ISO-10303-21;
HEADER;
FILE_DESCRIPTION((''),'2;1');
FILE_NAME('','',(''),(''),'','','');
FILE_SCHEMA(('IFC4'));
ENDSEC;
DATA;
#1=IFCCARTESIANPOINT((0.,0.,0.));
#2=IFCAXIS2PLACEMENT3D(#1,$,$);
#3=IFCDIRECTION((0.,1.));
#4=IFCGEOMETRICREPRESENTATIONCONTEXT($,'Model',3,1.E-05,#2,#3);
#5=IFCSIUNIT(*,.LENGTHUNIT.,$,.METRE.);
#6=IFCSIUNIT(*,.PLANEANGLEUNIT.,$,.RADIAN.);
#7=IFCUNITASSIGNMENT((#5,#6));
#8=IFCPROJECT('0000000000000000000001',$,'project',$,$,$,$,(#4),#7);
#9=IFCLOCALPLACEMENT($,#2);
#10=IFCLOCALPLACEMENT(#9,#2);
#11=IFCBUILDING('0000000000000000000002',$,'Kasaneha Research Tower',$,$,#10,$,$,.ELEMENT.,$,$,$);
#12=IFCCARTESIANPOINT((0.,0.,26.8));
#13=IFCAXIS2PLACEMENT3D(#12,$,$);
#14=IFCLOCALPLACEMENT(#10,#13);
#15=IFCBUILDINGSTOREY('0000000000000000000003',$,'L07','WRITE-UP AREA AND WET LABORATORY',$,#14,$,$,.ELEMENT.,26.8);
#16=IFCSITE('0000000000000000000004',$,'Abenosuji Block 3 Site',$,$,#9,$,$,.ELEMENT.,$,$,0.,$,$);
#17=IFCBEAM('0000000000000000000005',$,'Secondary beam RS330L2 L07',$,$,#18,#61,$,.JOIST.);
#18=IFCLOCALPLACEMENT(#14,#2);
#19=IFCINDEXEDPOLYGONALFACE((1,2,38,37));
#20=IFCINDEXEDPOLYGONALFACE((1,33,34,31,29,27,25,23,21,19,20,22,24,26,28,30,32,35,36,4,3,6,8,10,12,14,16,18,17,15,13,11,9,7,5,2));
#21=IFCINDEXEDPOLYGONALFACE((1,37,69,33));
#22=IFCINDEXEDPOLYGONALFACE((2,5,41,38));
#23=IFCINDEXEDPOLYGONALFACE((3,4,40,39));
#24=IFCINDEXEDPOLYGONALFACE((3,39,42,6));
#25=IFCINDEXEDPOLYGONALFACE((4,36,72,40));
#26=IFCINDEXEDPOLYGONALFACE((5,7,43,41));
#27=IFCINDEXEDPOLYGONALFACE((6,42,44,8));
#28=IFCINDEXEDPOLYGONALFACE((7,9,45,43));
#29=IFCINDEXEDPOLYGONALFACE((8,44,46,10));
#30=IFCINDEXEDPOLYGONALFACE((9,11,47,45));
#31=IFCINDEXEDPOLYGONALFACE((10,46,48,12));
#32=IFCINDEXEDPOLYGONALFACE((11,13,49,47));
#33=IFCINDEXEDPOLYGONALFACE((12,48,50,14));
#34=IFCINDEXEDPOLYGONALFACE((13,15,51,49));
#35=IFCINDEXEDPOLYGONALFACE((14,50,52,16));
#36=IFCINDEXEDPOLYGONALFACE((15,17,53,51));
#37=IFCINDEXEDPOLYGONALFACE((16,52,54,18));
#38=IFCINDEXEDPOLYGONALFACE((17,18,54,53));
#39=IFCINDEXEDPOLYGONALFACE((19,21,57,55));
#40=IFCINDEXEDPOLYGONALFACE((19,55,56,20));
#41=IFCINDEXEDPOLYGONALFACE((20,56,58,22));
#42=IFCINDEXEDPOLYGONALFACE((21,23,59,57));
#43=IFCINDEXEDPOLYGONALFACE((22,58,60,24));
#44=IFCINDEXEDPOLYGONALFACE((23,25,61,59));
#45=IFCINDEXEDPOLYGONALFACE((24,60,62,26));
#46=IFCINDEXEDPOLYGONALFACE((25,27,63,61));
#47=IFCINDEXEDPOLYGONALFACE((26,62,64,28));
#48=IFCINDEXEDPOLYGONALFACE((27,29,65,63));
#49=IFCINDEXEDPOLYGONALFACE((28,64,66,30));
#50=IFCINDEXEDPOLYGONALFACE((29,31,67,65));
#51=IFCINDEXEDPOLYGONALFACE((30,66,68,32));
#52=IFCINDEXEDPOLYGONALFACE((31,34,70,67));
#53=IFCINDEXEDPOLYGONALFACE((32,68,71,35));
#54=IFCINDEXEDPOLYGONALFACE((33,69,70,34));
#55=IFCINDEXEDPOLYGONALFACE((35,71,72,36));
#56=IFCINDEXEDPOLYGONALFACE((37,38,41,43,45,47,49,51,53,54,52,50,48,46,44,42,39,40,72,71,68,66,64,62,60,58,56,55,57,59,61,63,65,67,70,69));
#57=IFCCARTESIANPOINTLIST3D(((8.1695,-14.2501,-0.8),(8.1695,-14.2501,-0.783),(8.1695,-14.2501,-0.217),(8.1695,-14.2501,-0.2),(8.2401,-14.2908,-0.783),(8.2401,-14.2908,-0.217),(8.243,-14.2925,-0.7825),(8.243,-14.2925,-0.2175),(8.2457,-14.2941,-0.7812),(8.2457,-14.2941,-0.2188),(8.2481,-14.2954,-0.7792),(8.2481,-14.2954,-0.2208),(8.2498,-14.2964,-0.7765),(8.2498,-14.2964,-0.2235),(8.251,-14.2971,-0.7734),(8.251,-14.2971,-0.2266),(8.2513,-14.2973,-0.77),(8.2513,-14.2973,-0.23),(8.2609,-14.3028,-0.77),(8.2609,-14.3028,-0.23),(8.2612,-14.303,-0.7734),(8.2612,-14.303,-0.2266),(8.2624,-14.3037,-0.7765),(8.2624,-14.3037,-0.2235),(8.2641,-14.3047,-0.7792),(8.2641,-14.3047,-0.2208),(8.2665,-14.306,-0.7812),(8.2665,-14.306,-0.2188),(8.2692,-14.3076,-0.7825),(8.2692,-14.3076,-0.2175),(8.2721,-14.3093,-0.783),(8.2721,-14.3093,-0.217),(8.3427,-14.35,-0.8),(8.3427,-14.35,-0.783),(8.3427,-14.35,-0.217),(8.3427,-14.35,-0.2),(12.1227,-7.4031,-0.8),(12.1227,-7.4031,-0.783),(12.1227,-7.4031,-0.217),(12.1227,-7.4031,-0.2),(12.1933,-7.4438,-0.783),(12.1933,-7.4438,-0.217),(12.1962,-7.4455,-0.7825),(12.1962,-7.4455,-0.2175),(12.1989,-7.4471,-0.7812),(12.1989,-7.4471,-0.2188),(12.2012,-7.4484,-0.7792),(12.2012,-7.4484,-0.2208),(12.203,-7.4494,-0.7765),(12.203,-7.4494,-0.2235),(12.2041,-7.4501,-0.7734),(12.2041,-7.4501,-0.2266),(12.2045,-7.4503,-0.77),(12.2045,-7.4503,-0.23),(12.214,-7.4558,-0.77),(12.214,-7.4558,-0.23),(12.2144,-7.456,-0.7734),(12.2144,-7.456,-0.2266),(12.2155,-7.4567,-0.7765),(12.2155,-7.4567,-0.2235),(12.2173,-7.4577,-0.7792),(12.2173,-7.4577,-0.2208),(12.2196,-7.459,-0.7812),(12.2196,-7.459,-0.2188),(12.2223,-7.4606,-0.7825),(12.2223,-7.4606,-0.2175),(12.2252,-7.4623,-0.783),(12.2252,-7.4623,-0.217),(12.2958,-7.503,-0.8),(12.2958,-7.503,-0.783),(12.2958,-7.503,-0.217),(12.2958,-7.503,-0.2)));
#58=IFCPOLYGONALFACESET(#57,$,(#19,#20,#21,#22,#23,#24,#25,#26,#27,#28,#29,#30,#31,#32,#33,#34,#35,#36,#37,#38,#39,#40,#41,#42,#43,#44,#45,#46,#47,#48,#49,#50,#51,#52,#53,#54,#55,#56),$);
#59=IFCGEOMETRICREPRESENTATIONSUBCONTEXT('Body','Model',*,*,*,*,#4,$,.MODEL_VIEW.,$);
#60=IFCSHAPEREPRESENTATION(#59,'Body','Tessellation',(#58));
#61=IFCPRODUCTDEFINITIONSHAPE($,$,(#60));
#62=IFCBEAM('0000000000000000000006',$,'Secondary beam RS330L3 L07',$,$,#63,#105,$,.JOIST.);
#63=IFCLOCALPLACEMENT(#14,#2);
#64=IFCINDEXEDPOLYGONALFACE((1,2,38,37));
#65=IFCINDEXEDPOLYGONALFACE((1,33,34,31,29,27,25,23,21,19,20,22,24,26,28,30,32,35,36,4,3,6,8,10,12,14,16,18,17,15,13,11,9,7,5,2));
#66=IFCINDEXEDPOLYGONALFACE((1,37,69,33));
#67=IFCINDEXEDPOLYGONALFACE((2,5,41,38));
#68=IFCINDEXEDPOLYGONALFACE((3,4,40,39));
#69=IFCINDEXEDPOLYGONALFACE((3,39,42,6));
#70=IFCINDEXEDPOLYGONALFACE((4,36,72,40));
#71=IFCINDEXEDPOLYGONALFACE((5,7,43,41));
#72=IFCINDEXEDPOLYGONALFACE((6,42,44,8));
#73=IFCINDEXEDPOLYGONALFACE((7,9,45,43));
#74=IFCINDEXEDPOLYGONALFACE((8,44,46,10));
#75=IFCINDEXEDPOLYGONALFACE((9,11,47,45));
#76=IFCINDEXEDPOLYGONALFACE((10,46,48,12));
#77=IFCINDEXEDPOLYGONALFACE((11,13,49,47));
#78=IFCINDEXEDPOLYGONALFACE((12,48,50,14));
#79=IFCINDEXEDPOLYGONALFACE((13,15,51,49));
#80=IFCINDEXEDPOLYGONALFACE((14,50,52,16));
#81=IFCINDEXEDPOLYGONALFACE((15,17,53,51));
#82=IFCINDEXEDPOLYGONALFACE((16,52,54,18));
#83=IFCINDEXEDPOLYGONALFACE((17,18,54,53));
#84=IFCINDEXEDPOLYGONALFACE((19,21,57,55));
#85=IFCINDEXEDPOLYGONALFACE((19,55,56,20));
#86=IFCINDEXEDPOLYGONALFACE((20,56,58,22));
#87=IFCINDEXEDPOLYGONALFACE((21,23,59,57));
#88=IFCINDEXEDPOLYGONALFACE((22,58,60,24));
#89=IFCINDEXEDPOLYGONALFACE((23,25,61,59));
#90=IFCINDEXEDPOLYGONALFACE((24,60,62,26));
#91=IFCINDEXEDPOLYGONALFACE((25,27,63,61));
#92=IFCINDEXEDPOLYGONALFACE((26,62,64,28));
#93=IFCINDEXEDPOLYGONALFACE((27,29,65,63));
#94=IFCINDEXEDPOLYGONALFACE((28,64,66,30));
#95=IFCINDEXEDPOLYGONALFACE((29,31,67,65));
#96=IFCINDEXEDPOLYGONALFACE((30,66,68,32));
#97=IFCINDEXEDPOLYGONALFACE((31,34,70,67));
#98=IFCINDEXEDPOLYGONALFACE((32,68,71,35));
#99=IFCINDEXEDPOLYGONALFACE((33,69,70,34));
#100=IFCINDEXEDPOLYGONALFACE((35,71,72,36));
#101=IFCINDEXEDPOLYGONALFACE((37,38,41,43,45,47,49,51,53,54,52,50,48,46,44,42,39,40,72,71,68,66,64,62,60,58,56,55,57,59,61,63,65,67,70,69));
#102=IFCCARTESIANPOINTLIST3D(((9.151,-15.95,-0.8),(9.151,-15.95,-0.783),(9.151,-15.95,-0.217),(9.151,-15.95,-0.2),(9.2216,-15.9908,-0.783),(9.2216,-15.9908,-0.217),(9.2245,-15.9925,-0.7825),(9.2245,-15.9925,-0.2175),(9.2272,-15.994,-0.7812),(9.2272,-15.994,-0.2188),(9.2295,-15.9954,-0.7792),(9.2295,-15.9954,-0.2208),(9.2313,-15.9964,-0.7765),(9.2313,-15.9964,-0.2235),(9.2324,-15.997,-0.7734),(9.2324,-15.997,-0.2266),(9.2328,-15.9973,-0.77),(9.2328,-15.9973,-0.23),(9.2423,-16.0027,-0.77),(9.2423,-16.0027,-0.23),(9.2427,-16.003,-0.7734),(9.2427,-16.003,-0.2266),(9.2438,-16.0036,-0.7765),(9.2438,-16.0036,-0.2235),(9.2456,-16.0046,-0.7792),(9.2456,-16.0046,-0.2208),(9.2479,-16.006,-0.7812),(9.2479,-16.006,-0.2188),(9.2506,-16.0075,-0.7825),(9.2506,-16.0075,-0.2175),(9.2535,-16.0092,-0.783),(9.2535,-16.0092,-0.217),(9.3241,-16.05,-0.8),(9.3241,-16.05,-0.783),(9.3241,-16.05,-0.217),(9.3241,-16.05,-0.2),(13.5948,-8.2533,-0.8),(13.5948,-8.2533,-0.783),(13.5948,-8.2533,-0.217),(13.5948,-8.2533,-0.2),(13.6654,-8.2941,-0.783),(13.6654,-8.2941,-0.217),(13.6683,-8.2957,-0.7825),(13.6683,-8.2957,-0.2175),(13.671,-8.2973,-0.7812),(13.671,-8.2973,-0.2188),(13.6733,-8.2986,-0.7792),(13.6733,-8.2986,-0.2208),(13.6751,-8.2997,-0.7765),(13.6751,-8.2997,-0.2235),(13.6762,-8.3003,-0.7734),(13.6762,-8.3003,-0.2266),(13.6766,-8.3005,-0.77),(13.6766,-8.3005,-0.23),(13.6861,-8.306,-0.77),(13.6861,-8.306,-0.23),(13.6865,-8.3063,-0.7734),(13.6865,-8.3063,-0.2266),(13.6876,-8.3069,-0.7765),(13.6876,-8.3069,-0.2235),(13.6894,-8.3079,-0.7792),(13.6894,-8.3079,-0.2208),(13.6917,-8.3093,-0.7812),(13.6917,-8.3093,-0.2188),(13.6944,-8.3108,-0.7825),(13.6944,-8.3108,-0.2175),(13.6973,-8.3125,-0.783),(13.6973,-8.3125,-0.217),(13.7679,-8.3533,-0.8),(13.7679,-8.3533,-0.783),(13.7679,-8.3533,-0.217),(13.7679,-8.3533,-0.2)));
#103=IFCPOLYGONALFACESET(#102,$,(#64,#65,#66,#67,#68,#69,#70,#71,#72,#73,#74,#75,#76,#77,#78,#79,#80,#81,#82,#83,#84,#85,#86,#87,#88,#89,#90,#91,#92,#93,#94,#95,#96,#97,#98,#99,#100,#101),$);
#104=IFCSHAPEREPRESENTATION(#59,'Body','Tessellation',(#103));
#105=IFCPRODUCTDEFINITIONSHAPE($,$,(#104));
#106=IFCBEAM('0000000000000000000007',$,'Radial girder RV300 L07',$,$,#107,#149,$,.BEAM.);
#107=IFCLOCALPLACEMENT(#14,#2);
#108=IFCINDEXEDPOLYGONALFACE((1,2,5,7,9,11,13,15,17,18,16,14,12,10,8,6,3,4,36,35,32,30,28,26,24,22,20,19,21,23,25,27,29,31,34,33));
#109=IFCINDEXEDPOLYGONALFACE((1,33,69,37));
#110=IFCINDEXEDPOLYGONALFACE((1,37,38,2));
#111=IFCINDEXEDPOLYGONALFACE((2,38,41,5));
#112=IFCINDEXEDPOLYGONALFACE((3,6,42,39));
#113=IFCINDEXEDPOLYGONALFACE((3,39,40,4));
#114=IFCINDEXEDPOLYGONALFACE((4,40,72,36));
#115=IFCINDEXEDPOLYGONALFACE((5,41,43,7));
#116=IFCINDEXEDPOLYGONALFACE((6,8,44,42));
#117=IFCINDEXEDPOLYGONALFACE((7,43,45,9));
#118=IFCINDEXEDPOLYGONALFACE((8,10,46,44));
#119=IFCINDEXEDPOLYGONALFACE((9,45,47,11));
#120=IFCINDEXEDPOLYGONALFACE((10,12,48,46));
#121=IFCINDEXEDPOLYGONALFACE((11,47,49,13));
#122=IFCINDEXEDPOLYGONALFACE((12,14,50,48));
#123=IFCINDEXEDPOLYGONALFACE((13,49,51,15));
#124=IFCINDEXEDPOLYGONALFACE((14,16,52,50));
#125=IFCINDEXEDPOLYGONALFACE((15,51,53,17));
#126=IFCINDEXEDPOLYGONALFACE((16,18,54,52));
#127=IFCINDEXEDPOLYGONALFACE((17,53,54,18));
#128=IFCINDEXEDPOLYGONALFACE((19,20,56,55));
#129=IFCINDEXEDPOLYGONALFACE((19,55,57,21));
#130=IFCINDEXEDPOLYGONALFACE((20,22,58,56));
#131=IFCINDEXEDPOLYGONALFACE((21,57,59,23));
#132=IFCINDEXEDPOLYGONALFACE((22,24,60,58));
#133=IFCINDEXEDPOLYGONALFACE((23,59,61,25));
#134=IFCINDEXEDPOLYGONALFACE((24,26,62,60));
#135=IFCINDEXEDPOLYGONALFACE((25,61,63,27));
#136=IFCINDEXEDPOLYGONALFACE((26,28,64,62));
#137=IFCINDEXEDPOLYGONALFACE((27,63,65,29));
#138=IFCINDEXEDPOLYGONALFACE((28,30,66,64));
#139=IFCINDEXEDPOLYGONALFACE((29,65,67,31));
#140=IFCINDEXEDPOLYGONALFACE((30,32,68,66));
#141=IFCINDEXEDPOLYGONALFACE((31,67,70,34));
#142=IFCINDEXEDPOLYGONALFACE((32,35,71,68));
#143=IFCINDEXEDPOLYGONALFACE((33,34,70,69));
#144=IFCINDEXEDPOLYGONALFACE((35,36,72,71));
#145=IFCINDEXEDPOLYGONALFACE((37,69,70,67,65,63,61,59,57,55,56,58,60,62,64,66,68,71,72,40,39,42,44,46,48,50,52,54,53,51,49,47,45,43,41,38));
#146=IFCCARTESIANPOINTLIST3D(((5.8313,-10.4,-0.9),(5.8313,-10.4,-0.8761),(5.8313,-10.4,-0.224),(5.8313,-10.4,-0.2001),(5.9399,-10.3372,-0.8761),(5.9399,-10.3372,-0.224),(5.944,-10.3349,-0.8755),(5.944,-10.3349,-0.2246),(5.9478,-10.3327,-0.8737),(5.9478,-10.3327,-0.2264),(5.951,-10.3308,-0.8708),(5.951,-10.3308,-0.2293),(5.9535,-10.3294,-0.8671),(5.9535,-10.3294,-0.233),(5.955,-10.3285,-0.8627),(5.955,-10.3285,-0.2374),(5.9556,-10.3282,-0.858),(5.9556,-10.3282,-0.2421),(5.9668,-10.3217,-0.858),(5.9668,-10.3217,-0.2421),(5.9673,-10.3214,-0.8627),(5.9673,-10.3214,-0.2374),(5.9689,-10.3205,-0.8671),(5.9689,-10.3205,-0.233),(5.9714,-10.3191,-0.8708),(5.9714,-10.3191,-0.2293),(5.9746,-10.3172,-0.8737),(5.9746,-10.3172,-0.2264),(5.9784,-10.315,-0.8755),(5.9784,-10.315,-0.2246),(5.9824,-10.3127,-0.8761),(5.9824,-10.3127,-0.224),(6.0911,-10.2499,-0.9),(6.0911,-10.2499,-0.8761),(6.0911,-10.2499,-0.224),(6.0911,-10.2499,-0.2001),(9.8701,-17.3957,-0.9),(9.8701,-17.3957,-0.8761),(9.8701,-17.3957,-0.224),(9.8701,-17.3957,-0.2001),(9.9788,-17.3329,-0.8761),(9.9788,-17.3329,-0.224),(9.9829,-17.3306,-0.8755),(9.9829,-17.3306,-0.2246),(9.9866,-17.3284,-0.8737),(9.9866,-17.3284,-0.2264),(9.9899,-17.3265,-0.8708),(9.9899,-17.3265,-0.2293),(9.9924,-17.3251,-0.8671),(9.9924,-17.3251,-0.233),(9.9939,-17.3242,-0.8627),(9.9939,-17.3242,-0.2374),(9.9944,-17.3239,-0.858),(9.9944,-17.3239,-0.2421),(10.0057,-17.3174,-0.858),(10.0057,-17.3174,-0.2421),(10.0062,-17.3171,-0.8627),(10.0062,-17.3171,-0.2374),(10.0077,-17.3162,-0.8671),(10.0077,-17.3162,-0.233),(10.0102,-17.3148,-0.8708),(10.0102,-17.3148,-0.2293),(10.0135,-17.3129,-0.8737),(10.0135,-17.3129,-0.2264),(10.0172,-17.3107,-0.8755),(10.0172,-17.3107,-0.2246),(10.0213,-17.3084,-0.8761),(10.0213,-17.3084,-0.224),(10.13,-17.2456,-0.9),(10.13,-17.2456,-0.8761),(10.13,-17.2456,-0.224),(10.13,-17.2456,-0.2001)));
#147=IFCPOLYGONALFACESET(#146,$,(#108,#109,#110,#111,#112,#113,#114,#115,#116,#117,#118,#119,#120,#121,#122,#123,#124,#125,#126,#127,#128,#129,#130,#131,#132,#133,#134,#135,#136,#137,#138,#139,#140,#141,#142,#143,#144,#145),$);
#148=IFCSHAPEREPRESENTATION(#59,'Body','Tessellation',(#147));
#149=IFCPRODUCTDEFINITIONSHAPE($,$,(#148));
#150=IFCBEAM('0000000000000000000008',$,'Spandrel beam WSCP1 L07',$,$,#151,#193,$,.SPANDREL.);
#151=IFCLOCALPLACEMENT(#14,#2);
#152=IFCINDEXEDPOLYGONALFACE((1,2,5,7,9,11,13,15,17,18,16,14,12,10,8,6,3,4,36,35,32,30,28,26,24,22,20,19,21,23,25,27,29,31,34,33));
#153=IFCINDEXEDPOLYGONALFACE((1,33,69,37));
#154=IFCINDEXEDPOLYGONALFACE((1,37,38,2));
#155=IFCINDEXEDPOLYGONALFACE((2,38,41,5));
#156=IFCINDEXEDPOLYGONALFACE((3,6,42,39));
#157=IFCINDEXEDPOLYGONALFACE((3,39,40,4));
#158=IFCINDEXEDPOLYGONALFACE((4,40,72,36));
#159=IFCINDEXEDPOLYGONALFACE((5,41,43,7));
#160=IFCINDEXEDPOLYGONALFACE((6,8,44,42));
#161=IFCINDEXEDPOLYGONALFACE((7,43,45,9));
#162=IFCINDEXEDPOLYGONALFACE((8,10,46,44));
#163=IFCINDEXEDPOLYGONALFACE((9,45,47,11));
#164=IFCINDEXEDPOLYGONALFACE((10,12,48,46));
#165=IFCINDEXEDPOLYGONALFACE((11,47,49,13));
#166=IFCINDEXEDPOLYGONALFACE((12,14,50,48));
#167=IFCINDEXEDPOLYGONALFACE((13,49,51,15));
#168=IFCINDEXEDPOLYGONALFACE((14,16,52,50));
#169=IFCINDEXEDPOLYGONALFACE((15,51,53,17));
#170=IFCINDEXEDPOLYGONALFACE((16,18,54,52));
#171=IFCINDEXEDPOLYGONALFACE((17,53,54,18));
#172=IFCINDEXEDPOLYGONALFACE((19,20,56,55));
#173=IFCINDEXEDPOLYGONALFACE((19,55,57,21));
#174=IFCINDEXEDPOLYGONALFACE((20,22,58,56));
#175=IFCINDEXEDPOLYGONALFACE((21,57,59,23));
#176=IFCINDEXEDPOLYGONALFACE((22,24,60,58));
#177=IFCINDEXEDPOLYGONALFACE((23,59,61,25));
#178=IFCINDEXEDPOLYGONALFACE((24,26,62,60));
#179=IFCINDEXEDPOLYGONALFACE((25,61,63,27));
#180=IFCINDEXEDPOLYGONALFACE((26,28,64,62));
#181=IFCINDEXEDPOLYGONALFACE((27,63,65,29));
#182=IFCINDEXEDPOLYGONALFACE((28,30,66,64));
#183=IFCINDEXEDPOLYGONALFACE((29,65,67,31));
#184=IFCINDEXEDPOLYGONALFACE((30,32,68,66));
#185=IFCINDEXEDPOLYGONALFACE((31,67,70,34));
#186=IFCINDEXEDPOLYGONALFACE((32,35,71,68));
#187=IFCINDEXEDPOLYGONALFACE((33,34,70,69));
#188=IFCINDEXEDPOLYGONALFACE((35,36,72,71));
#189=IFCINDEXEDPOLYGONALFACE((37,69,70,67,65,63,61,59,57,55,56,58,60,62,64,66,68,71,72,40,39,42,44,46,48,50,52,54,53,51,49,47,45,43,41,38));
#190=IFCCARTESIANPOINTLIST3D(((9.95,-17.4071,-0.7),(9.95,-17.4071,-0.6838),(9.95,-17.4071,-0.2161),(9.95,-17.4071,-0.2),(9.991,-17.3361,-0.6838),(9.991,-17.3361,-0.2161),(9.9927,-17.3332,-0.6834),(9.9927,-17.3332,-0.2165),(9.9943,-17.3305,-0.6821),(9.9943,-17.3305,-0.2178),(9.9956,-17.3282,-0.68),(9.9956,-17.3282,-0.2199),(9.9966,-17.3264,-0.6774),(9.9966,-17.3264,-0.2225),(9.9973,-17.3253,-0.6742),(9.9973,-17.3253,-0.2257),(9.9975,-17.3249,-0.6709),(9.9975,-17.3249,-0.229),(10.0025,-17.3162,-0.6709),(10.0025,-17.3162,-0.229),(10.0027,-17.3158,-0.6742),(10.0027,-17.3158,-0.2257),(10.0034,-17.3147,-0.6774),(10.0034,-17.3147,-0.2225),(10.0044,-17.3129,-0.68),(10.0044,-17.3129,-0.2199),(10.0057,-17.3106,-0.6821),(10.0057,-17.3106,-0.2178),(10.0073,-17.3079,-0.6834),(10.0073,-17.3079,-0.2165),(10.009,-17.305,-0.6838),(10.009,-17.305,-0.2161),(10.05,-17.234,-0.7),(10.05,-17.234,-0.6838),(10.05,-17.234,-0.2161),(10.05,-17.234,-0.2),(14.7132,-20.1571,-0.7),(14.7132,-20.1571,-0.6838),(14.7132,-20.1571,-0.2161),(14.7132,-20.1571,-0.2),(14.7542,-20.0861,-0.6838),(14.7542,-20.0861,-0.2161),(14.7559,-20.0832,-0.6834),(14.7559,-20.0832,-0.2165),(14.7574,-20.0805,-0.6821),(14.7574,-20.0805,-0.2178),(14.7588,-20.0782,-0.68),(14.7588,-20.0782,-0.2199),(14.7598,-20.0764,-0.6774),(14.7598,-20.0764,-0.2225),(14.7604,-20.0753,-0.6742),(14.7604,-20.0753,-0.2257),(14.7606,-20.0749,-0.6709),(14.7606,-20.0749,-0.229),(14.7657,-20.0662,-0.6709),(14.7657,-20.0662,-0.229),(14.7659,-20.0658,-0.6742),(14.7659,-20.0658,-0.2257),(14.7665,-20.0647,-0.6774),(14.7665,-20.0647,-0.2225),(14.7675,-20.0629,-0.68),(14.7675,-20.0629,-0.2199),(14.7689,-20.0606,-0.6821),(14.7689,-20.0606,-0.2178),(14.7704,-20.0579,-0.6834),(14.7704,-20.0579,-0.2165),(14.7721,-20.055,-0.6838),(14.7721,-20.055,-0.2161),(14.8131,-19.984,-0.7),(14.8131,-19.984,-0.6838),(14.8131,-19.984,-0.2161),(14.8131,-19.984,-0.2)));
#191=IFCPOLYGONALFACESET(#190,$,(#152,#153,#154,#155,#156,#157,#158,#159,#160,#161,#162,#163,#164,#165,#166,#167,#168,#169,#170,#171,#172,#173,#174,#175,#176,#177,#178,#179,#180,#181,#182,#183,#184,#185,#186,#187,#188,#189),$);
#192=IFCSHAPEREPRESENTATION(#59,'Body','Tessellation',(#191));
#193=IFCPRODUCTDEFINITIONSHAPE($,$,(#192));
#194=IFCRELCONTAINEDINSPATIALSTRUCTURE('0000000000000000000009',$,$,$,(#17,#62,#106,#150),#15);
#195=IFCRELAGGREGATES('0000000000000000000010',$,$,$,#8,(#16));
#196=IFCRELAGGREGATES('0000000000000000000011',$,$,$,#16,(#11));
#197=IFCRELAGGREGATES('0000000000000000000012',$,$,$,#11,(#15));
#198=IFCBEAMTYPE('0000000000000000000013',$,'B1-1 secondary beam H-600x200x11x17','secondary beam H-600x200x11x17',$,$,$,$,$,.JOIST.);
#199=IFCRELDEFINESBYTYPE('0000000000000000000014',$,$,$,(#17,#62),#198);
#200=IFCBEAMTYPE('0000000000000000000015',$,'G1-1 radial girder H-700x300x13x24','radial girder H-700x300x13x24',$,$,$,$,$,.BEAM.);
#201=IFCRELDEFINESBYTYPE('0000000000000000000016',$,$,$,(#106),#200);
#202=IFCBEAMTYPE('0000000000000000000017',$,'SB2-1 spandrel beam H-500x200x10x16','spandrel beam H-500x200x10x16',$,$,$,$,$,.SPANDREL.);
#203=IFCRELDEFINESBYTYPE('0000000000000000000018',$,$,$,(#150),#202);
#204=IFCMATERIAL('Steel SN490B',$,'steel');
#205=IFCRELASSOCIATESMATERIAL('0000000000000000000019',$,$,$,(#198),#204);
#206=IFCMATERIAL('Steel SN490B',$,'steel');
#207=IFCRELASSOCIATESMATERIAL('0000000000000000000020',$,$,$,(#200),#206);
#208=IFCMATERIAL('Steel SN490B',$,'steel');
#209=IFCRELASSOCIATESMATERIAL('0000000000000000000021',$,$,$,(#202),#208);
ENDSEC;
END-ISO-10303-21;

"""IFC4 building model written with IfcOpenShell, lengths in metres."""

from ifc_helpers import new_model, si_unit, direction, frame, origin, origin_2d, place, context, subcontext, project, spatial, i_section, extrude, material, material_profile, profile_set, type_object, element, save


model = new_model("IFC4")

# Units and contexts
model_context = context("Model", 3, precision=1e-05, world=origin(), true_north=direction((0.0, 1.0)))
body_context = subcontext(model_context, "Body", "Model", "MODEL_VIEW")
ifc_project = project(units=[si_unit("LENGTHUNIT", "METRE"), si_unit("PLANEANGLEUNIT", "RADIAN")], contexts=[model_context])

# Site, building, storey
site_placement = place(None, origin())
site = spatial("IfcSite", under=ifc_project, at=site_placement, Name="Abenosuji Block 3 Site", CompositionType="ELEMENT", RefElevation=0.0)
building_placement = place(site_placement, origin())
building = spatial("IfcBuilding", under=site, at=building_placement, Name="Kasaneha Research Tower", CompositionType="ELEMENT")
storey_placement = place(building_placement, frame((0.0, 0.0, 26.8)))
storey = spatial("IfcBuildingStorey", under=building, at=storey_placement, Name="L07", Description="WRITE-UP AREA AND WET LABORATORY", CompositionType="ELEMENT", Elevation=26.8)

# Beams
ifc_material_1 = material(Name="Steel SN490B", Category="steel")
ifc_material_profile_1 = material_profile(ifc_material_1, i_section(OverallWidth=0.2, OverallDepth=0.6001, WebThickness=0.011, FlangeThickness=0.0171, FilletRadius=0.0129, at=origin_2d()), Name="H-600x200x11x17")
ifc_profile_set_1 = profile_set([ifc_material_profile_1], Name="Steel SN490B")
beam_type_1 = type_object("IfcBeamType", Name="B1-1 secondary beam H-600x200x11x17", Description="secondary beam H-600x200x11x17", PredefinedType="JOIST", material=ifc_profile_set_1)
beam_1_placement = place(storey_placement, frame((8.2561, -14.3, -0.5), z_axis=(0.500005, 0.866023, 0.0), x_axis=(-0.866023, 0.500005, 0.0)))
element("IfcBeam", 1, at=beam_1_placement, inside=storey, type_object=beam_type_1, Name="Secondary beam RS330L2 L07", PredefinedType="JOIST", context=body_context, shape_type="SweptSolid", body=[
    extrude(i_section(OverallWidth=0.2, OverallDepth=0.6001, WebThickness=0.011, FlangeThickness=0.0171, FilletRadius=0.0129, at=origin_2d()), origin(), (0.0, 0.0, 1.0), 7.9062),
])
beam_2_placement = place(storey_placement, frame((9.2375, -16.0, -0.5), z_axis=(0.500009, 0.86602, 0.0), x_axis=(-0.86602, 0.500009, 0.0)))
element("IfcBeam", 2, at=beam_2_placement, inside=storey, type_object=beam_type_1, Name="Secondary beam RS330L3 L07", PredefinedType="JOIST", context=body_context, shape_type="SweptSolid", body=[
    extrude(i_section(OverallWidth=0.2, OverallDepth=0.6001, WebThickness=0.011, FlangeThickness=0.0171, FilletRadius=0.0129, at=origin_2d()), origin(), (0.0, 0.0, 1.0), 8.8875),
])
ifc_material_2 = material(Name="Steel SN490B", Category="steel")
ifc_material_profile_2 = material_profile(ifc_material_2, i_section(OverallWidth=0.3, OverallDepth=0.7, WebThickness=0.0129, FlangeThickness=0.0239, FilletRadius=0.0181, at=origin_2d()), Name="H-700x300x13x24")
ifc_profile_set_2 = profile_set([ifc_material_profile_2], Name="Steel SN490B")
beam_type_2 = type_object("IfcBeamType", Name="G1-1 radial girder H-700x300x13x24", Description="radial girder H-700x300x13x24", PredefinedType="BEAM", material=ifc_profile_set_2)
beam_3_placement = place(storey_placement, frame((5.9612, -10.325, -0.55), z_axis=(0.499991, -0.866031, 0.0), x_axis=(0.866031, 0.499991, 0.0)))
element("IfcBeam", 3, at=beam_3_placement, inside=storey, type_object=beam_type_2, Name="Radial girder RV300 L07", PredefinedType="BEAM", context=body_context, shape_type="SweptSolid", body=[
    extrude(i_section(OverallWidth=0.3, OverallDepth=0.7, WebThickness=0.0129, FlangeThickness=0.0239, FilletRadius=0.0181, at=origin_2d()), origin(), (0.0, 0.0, 1.0), 8.0779),
])
ifc_material_3 = material(Name="Steel SN490B", Category="steel")
ifc_material_profile_3 = material_profile(ifc_material_3, i_section(OverallWidth=0.2, OverallDepth=0.5, WebThickness=0.01, FlangeThickness=0.0161, FilletRadius=0.0129, at=origin_2d()), Name="H-500x200x10x16")
ifc_profile_set_3 = profile_set([ifc_material_profile_3], Name="Steel SN490B")
beam_type_3 = type_object("IfcBeamType", Name="SB2-1 spandrel beam H-500x200x10x16", Description="spandrel beam H-500x200x10x16", PredefinedType="SPANDREL", material=ifc_profile_set_3)
beam_4_placement = place(storey_placement, frame((10.0, -17.3206, -0.45), z_axis=(0.866027, -0.499997, 0.0), x_axis=(0.499997, 0.866027, 0.0)))
element("IfcBeam", 4, at=beam_4_placement, inside=storey, type_object=beam_type_3, Name="Spandrel beam WSCP1 L07", PredefinedType="SPANDREL", context=body_context, shape_type="SweptSolid", body=[
    extrude(i_section(OverallWidth=0.2, OverallDepth=0.5, WebThickness=0.01, FlangeThickness=0.0161, FilletRadius=0.0129, at=origin_2d()), origin(), (0.0, 0.0, 1.0), 5.5),
])

save(model, "model.ifc")
